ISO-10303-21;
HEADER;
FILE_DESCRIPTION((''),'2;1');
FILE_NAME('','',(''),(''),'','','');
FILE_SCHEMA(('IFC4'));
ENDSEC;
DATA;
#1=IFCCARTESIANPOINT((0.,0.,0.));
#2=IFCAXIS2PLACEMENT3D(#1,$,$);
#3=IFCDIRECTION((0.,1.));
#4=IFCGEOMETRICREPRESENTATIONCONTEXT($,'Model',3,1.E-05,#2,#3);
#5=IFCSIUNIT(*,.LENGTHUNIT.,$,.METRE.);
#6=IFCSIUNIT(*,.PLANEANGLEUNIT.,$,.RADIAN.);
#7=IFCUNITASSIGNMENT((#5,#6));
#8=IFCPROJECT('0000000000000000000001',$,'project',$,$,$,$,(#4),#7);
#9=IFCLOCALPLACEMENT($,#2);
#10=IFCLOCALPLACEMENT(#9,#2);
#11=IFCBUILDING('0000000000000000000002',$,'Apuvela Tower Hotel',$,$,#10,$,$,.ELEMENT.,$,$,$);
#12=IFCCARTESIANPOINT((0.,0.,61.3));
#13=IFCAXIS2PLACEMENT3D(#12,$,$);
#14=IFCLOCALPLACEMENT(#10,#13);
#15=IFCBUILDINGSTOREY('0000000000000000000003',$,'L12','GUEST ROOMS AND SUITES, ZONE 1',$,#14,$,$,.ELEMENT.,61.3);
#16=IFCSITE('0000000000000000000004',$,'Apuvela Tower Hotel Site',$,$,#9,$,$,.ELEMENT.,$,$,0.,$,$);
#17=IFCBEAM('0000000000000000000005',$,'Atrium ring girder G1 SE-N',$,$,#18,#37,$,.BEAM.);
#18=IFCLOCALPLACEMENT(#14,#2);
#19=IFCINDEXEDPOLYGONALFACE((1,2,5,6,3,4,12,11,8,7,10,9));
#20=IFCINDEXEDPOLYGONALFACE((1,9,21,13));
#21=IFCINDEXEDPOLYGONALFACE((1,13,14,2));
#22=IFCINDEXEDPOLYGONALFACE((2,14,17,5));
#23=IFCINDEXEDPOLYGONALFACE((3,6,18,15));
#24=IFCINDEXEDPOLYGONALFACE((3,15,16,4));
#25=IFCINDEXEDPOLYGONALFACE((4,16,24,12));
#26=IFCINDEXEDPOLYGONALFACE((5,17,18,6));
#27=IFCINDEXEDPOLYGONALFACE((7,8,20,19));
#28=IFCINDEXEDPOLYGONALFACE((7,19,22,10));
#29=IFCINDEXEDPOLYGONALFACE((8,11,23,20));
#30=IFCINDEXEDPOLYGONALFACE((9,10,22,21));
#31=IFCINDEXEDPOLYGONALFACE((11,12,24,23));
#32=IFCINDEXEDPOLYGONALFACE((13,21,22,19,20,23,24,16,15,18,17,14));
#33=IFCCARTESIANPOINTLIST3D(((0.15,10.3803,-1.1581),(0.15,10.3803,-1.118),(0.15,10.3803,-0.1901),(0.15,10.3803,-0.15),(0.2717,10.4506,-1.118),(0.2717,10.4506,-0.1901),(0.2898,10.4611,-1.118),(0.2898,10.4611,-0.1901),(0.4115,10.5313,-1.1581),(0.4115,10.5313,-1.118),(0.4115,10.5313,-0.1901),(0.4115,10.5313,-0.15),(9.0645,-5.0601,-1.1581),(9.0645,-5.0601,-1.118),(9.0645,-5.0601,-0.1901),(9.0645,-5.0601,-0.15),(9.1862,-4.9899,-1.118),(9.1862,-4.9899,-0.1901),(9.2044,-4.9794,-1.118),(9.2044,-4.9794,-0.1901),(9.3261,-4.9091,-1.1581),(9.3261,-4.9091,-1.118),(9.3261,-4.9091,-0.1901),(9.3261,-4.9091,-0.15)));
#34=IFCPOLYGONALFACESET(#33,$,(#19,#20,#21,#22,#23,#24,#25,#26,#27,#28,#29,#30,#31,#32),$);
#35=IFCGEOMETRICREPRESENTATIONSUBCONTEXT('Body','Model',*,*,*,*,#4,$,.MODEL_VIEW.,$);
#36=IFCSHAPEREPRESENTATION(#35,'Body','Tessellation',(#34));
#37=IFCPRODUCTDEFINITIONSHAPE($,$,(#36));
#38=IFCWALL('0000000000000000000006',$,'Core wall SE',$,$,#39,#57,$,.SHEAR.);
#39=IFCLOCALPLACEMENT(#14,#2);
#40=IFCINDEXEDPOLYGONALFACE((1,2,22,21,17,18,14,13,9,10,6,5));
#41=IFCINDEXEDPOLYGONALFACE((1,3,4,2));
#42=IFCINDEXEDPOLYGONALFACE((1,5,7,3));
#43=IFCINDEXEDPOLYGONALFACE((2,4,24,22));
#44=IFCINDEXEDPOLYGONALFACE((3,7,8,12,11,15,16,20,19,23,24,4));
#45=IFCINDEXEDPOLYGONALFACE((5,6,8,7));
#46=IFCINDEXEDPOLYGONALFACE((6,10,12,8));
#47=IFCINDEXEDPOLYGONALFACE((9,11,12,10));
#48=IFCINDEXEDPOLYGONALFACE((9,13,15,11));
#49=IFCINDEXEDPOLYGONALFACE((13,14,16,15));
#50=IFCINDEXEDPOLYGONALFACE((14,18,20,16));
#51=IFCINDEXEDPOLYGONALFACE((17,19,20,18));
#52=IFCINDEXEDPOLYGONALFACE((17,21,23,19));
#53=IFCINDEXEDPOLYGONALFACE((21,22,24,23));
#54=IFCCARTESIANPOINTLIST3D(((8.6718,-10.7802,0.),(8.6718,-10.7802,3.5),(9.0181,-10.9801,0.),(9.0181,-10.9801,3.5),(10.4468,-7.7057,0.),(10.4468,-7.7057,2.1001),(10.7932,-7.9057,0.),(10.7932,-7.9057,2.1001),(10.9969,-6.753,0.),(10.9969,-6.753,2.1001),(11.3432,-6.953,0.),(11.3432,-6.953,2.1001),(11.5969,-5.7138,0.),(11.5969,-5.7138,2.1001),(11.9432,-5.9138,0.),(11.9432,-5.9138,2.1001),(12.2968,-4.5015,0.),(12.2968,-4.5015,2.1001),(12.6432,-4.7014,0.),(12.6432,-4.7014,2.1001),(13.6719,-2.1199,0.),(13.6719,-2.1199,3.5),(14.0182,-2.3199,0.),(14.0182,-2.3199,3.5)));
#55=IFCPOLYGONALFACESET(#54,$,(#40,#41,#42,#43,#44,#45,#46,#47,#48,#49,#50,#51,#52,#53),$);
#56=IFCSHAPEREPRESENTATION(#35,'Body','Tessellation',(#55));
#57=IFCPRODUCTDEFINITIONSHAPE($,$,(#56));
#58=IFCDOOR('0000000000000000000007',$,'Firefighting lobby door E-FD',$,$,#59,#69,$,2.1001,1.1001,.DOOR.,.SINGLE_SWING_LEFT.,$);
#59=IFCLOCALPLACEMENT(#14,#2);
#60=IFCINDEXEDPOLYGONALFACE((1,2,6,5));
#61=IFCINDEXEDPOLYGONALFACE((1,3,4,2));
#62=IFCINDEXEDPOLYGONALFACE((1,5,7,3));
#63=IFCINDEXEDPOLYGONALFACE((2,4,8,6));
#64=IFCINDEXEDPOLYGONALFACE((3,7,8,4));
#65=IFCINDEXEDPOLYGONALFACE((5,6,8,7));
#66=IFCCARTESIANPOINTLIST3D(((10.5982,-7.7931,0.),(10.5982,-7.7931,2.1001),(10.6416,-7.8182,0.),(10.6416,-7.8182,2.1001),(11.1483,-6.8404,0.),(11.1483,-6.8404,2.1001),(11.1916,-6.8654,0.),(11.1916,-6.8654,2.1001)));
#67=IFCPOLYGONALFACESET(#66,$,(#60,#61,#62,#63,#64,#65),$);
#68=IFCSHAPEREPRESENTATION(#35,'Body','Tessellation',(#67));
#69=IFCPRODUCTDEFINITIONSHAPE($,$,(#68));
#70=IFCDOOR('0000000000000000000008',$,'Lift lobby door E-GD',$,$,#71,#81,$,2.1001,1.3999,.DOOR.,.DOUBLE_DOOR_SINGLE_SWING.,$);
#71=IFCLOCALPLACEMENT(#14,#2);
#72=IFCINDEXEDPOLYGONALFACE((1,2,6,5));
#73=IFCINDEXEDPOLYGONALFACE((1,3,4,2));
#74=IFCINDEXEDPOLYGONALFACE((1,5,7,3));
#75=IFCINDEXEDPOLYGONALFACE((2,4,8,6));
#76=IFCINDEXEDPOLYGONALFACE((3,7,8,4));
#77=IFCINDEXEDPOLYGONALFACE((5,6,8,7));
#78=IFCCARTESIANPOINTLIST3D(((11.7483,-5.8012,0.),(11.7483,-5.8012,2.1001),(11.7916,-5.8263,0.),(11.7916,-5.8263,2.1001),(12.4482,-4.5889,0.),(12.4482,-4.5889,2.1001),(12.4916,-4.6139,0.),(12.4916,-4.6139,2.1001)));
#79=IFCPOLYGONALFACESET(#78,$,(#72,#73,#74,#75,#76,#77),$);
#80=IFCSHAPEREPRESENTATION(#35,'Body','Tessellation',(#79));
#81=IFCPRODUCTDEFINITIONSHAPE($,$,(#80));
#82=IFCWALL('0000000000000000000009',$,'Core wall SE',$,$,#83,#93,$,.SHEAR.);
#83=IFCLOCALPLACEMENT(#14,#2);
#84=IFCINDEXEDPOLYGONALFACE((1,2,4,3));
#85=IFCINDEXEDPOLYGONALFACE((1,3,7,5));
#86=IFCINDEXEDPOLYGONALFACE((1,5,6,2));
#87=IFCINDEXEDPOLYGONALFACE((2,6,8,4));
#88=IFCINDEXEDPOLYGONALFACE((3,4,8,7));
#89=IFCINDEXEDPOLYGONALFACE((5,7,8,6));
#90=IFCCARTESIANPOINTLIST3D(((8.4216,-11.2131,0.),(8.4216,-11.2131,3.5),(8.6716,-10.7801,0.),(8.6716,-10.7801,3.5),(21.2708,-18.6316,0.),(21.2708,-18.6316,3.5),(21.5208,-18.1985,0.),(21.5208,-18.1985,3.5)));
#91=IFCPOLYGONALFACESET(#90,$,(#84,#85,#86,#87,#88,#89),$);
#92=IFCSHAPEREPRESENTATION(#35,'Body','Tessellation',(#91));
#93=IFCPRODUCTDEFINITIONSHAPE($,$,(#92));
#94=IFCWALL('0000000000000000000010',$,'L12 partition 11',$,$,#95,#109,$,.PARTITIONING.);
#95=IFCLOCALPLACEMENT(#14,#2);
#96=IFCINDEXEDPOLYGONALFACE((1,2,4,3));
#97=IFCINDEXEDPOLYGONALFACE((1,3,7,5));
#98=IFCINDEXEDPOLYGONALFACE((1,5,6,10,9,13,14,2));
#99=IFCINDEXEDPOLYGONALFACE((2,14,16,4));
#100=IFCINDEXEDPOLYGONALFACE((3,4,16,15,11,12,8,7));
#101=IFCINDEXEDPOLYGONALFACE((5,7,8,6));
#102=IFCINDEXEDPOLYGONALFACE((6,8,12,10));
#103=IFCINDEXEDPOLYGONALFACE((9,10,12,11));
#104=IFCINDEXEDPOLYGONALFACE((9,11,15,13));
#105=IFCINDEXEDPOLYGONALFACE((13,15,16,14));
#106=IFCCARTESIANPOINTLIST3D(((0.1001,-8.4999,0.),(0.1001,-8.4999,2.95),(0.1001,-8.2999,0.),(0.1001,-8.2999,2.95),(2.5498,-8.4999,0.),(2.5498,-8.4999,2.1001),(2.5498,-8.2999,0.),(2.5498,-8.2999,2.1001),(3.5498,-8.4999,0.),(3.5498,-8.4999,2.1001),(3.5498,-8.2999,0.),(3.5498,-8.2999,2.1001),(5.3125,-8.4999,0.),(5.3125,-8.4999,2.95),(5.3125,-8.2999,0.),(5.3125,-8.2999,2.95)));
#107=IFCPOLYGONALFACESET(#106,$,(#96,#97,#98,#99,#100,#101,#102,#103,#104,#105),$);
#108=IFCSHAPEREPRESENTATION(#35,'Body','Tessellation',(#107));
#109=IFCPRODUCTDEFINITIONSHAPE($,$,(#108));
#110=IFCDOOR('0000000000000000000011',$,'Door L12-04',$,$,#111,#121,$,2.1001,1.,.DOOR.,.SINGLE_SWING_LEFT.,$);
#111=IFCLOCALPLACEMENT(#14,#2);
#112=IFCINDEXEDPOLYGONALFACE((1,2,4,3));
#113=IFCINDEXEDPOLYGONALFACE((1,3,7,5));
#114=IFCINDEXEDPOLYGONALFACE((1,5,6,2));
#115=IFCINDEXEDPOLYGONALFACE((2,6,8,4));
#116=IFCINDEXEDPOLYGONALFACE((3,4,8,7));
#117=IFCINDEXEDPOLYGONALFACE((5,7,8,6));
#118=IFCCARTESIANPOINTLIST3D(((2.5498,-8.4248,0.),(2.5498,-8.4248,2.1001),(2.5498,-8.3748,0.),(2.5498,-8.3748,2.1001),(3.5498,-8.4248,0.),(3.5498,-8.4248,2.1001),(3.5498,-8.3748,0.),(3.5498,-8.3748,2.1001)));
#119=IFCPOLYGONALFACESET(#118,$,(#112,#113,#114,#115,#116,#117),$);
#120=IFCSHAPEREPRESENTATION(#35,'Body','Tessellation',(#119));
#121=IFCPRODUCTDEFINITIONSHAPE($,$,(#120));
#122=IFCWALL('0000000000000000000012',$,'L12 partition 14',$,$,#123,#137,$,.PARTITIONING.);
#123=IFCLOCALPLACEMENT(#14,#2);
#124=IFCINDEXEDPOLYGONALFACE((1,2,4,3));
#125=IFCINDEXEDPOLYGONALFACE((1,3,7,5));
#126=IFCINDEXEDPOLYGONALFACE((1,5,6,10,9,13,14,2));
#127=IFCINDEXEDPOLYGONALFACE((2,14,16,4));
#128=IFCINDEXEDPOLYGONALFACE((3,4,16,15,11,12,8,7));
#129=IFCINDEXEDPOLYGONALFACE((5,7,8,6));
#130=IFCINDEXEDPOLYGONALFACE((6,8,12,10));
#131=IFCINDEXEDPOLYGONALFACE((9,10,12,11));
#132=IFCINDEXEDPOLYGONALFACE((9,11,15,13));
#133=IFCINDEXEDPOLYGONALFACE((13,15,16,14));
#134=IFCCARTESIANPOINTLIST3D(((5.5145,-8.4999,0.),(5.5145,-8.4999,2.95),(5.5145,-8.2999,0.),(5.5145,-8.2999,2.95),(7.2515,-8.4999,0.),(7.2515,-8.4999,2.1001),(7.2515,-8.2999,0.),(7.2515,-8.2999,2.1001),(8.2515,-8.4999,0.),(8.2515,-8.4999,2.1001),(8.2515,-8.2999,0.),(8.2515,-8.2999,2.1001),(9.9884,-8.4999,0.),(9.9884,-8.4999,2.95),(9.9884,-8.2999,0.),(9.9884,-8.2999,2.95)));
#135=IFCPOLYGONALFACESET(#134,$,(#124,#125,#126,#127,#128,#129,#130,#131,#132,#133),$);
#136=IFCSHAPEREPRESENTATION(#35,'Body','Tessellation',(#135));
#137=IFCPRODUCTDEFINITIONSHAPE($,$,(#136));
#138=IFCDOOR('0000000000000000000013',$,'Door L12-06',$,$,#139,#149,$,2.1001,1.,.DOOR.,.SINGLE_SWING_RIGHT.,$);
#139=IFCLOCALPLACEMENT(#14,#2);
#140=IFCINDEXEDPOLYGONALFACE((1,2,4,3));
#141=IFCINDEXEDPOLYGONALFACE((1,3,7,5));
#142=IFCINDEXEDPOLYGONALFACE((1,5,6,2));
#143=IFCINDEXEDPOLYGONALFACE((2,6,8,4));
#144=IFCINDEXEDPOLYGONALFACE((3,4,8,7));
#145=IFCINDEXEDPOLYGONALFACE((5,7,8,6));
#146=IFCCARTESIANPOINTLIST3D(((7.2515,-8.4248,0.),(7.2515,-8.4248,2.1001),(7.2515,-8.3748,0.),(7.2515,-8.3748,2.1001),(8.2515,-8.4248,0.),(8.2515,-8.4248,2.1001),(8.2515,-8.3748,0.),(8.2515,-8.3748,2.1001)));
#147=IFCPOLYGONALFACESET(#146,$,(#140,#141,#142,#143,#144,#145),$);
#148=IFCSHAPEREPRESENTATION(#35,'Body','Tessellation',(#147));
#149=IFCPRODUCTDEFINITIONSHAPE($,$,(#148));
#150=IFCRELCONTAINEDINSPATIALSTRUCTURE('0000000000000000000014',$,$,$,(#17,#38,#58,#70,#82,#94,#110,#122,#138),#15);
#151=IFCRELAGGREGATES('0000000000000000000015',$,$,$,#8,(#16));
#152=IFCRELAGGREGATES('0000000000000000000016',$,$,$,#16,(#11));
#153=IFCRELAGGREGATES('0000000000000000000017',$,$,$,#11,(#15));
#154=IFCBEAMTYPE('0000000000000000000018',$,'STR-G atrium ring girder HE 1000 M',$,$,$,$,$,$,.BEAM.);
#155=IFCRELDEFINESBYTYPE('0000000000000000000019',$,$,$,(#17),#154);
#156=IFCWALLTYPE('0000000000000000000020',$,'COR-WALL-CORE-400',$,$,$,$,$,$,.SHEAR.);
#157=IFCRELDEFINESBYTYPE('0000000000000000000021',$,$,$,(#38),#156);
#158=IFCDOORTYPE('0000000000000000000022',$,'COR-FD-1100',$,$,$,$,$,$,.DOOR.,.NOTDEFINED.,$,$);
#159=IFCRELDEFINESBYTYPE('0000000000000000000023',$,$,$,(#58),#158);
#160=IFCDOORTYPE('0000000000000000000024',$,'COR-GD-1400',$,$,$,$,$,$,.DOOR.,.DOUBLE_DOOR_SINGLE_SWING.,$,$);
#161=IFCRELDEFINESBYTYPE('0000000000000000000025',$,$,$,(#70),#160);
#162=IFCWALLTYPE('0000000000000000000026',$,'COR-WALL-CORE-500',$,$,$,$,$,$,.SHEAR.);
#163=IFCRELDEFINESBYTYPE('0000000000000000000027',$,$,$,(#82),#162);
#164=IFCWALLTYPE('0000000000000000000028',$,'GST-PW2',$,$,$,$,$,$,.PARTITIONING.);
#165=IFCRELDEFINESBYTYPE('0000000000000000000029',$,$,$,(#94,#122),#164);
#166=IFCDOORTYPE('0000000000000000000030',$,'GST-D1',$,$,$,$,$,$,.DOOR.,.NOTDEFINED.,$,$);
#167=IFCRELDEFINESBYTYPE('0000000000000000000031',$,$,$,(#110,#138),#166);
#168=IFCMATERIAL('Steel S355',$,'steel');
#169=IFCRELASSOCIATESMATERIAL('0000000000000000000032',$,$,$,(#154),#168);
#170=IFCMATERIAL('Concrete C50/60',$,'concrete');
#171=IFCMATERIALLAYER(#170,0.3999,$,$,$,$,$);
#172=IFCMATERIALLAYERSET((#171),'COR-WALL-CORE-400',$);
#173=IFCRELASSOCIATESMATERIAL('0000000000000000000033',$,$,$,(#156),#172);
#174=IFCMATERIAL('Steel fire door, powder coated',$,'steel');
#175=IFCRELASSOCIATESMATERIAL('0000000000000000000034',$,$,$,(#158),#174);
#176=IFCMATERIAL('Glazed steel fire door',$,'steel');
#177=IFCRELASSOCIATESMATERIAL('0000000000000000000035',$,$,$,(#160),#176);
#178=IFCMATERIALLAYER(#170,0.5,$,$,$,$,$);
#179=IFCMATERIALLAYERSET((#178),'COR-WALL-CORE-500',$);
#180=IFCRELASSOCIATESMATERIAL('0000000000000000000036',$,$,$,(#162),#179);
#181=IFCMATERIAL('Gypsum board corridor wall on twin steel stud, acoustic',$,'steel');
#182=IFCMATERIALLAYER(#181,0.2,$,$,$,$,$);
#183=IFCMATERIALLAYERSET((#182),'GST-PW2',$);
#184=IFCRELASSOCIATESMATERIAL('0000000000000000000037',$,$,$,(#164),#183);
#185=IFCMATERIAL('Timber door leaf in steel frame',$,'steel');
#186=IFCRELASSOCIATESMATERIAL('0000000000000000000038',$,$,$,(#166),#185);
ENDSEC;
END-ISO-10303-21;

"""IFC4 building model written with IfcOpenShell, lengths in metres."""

from ifc_helpers import new_model, si_unit, direction, frame, frame_2d, origin, origin_2d, place, context, subcontext, project, spatial, rectangle, i_section, extrude, material, layer, layer_set, material_profile, profile_set, type_object, element, fill, save


model = new_model("IFC4")

# Units and contexts
model_context = context("Model", 3, precision=1e-05, world=origin(), true_north=direction((0.0, 1.0)))
body_context = subcontext(model_context, "Body", "Model", "MODEL_VIEW")
ifc_project = project(units=[si_unit("LENGTHUNIT", "METRE"), si_unit("PLANEANGLEUNIT", "RADIAN")], contexts=[model_context])

# Site, building, storey
site_placement = place(None, origin())
site = spatial("IfcSite", under=ifc_project, at=site_placement, Name="Apuvela Tower Hotel Site", CompositionType="ELEMENT", RefElevation=0.0)
building_placement = place(site_placement, origin())
building = spatial("IfcBuilding", under=site, at=building_placement, Name="Apuvela Tower Hotel", CompositionType="ELEMENT")
storey_placement = place(building_placement, frame((0.0, 0.0, 61.3)))
storey = spatial("IfcBuildingStorey", under=building, at=storey_placement, Name="L12", Description="GUEST ROOMS AND SUITES, ZONE 1", CompositionType="ELEMENT", Elevation=61.3)

# Beam
ifc_material_1 = material(Name="Steel S355", Category="steel")
ifc_material_profile = material_profile(ifc_material_1, i_section(OverallWidth=0.302, OverallDepth=1.0081, WebThickness=0.021, FlangeThickness=0.04, at=origin_2d()), Name="HE 1000 M")
ifc_profile_set = profile_set([ifc_material_profile], Name="Steel S355")
beam_type = type_object("IfcBeamType", Name="STR-G atrium ring girder HE 1000 M", PredefinedType="BEAM", material=ifc_profile_set)
beam_placement = place(storey_placement, frame((9.1953, -4.9846, -0.6541), z_axis=(-0.500001, 0.866025, 0.0), x_axis=(-0.866025, -0.500001, 0.0)))
element("IfcBeam", 1, at=beam_placement, inside=storey, type_object=beam_type, Name="Atrium ring girder G1 SE-N", PredefinedType="BEAM", context=body_context, shape_type="SweptSolid", body=[
    extrude(i_section(OverallWidth=0.302, OverallDepth=1.0081, WebThickness=0.021, FlangeThickness=0.04, at=origin_2d()), origin(), (0.0, 0.0, 1.0), 17.8291),
])

# Wall, openings, doors
ifc_material_2 = material(Name="Concrete C50/60", Category="concrete")
ifc_layer_1 = layer(ifc_material_2, 0.3999)
ifc_layer_set_1 = layer_set([ifc_layer_1], Name="COR-WALL-CORE-400")
wall_type_1 = type_object("IfcWallType", Name="COR-WALL-CORE-400", PredefinedType="SHEAR", material=ifc_layer_set_1)
wall_1_placement = place(storey_placement, frame((8.845, -10.8801, 0.0), z_axis=(0.0, 0.0, 1.0), x_axis=(0.500004, 0.866023, 0.0)))
wall_1 = element("IfcWall", 2, at=wall_1_placement, inside=storey, type_object=wall_type_1, Name="Core wall SE", PredefinedType="SHEAR", context=body_context, shape_type="SweptSolid", body=[
    extrude(rectangle(XDim=10.0, YDim=0.3999, at=frame_2d((5.0, 0.0))), origin(), (0.0, 0.0, 1.0), 3.5),
])
opening_1_placement = place(wall_1_placement, frame((3.55, 0.0, 0.0)))
opening_1 = element("IfcOpeningElement", 3, at=opening_1_placement, cuts=wall_1, PredefinedType="OPENING", context=body_context, shape_type="SweptSolid", body=[
    extrude(rectangle(XDim=1.1001, YDim=2.1001, at=frame_2d((0.55, 1.05))), frame((0.0, 0.21, 0.0), z_axis=(0.0, -1.0, 0.0), x_axis=(1.0, 0.0, 0.0)), (0.0, 0.0, 1.0), 0.4199),
])
opening_2_placement = place(wall_1_placement, frame((5.8501, 0.0, 0.0)))
opening_2 = element("IfcOpeningElement", 4, at=opening_2_placement, cuts=wall_1, PredefinedType="OPENING", context=body_context, shape_type="SweptSolid", body=[
    extrude(rectangle(XDim=1.3999, YDim=2.1001, at=frame_2d((0.7, 1.05))), frame((0.0, 0.21, 0.0), z_axis=(0.0, -1.0, 0.0), x_axis=(1.0, 0.0, 0.0)), (0.0, 0.0, 1.0), 0.4199),
])
ifc_material_3 = material(Name="Steel fire door, powder coated", Category="steel")
door_type_1 = type_object("IfcDoorType", Name="COR-FD-1100", OperationType="NOTDEFINED", PredefinedType="DOOR", material=ifc_material_3)
door_1_placement = place(opening_1_placement, frame((1.1001, 0.0, 0.0), z_axis=(0.0, 0.0, 1.0), x_axis=(-1.0, 0.0, 0.0)))
door_1 = element("IfcDoor", 5, at=door_1_placement, inside=storey, type_object=door_type_1, Name="Firefighting lobby door E-FD", OperationType="SINGLE_SWING_LEFT", OverallHeight=2.1001, OverallWidth=1.1001, PredefinedType="DOOR", context=body_context, shape_type="SweptSolid", body=[
    extrude(rectangle(XDim=1.1001, YDim=2.1001, at=frame_2d((0.55, 1.05))), frame((0.0, 0.0249, 0.0), z_axis=(0.0, -1.0, 0.0), x_axis=(1.0, 0.0, 0.0)), (0.0, 0.0, 1.0), 0.05),
])
fill(opening_1, door_1)
ifc_material_4 = material(Name="Glazed steel fire door", Category="steel")
door_type_2 = type_object("IfcDoorType", Name="COR-GD-1400", OperationType="DOUBLE_DOOR_SINGLE_SWING", PredefinedType="DOOR", material=ifc_material_4)
door_2_placement = place(opening_2_placement, frame((1.3999, 0.0, 0.0), z_axis=(0.0, 0.0, 1.0), x_axis=(-1.0, 0.0, 0.0)))
door_2 = element("IfcDoor", 6, at=door_2_placement, inside=storey, type_object=door_type_2, Name="Lift lobby door E-GD", OperationType="DOUBLE_DOOR_SINGLE_SWING", OverallHeight=2.1001, OverallWidth=1.3999, PredefinedType="DOOR", context=body_context, shape_type="SweptSolid", body=[
    extrude(rectangle(XDim=1.3999, YDim=2.1001, at=frame_2d((0.7, 1.05))), frame((0.0, 0.0249, 0.0), z_axis=(0.0, -1.0, 0.0), x_axis=(1.0, 0.0, 0.0)), (0.0, 0.0, 1.0), 0.05),
])
fill(opening_2, door_2)

# Wall
ifc_layer_2 = layer(ifc_material_2, 0.5)
ifc_layer_set_2 = layer_set([ifc_layer_2], Name="COR-WALL-CORE-500")
wall_type_2 = type_object("IfcWallType", Name="COR-WALL-CORE-500", PredefinedType="SHEAR", material=ifc_layer_set_2)
wall_2_placement = place(storey_placement, frame((8.5466, -10.9966, 0.0), z_axis=(0.0, 0.0, 1.0), x_axis=(0.866025, -0.500001, 0.0)))
element("IfcWall", 7, at=wall_2_placement, inside=storey, type_object=wall_type_2, Name="Core wall SE", PredefinedType="SHEAR", context=body_context, shape_type="SweptSolid", body=[
    extrude(rectangle(XDim=14.8369, YDim=0.5, at=frame_2d((7.4185, 0.0))), origin(), (0.0, 0.0, 1.0), 3.5),
])

# Walls, openings, doors
ifc_material_5 = material(Name="Gypsum board corridor wall on twin steel stud, acoustic", Category="steel")
ifc_layer_3 = layer(ifc_material_5, 0.2)
ifc_layer_set_3 = layer_set([ifc_layer_3], Name="GST-PW2")
wall_type_3 = type_object("IfcWallType", Name="GST-PW2", PredefinedType="PARTITIONING", material=ifc_layer_set_3)
wall_3_placement = place(storey_placement, frame((5.3125, -8.3999, 0.0), z_axis=(0.0, 0.0, 1.0), x_axis=(-1.0, 0.0, 0.0)))
wall_3 = element("IfcWall", 8, at=wall_3_placement, inside=storey, type_object=wall_type_3, Name="L12 partition 11", PredefinedType="PARTITIONING", context=body_context, shape_type="SweptSolid", body=[
    extrude(rectangle(XDim=5.2124, YDim=0.2, at=frame_2d((2.6062, 0.0))), origin(), (0.0, 0.0, 1.0), 2.95),
])
opening_3_placement = place(wall_3_placement, frame((1.7627, 0.0, 0.0)))
opening_3 = element("IfcOpeningElement", 9, at=opening_3_placement, cuts=wall_3, PredefinedType="OPENING", context=body_context, shape_type="SweptSolid", body=[
    extrude(rectangle(XDim=1.0, YDim=2.1001, at=frame_2d((0.5, 1.05))), frame((0.0, 0.1099, 0.0), z_axis=(0.0, -1.0, 0.0), x_axis=(1.0, 0.0, 0.0)), (0.0, 0.0, 1.0), 0.22),
])
ifc_material_6 = material(Name="Timber door leaf in steel frame", Category="steel")
door_type_3 = type_object("IfcDoorType", Name="GST-D1", OperationType="NOTDEFINED", PredefinedType="DOOR", material=ifc_material_6)
door_3_placement = place(opening_3_placement, origin())
door_3 = element("IfcDoor", 10, at=door_3_placement, inside=storey, type_object=door_type_3, Name="Door L12-04", OperationType="SINGLE_SWING_LEFT", OverallHeight=2.1001, OverallWidth=1.0, PredefinedType="DOOR", context=body_context, shape_type="SweptSolid", body=[
    extrude(rectangle(XDim=1.0, YDim=2.1001, at=frame_2d((0.5, 1.05))), frame((0.0, 0.0249, 0.0), z_axis=(0.0, -1.0, 0.0), x_axis=(1.0, 0.0, 0.0)), (0.0, 0.0, 1.0), 0.05),
])
fill(opening_3, door_3)
wall_4_placement = place(storey_placement, frame((9.9883, -8.3999, 0.0), z_axis=(0.0, 0.0, 1.0), x_axis=(-1.0, 0.0, 0.0)))
wall_4 = element("IfcWall", 11, at=wall_4_placement, inside=storey, type_object=wall_type_3, Name="L12 partition 14", PredefinedType="PARTITIONING", context=body_context, shape_type="SweptSolid", body=[
    extrude(rectangle(XDim=4.4739, YDim=0.2, at=frame_2d((2.2368, 0.0))), origin(), (0.0, 0.0, 1.0), 2.95),
])
opening_4_placement = place(wall_4_placement, frame((1.7368, 0.0, 0.0)))
opening_4 = element("IfcOpeningElement", 12, at=opening_4_placement, cuts=wall_4, PredefinedType="OPENING", context=body_context, shape_type="SweptSolid", body=[
    extrude(rectangle(XDim=1.0, YDim=2.1001, at=frame_2d((0.5, 1.05))), frame((0.0, 0.1099, 0.0), z_axis=(0.0, -1.0, 0.0), x_axis=(1.0, 0.0, 0.0)), (0.0, 0.0, 1.0), 0.22),
])
door_4_placement = place(opening_4_placement, origin())
door_4 = element("IfcDoor", 13, at=door_4_placement, inside=storey, type_object=door_type_3, Name="Door L12-06", OperationType="SINGLE_SWING_RIGHT", OverallHeight=2.1001, OverallWidth=1.0, PredefinedType="DOOR", context=body_context, shape_type="SweptSolid", body=[
    extrude(rectangle(XDim=1.0, YDim=2.1001, at=frame_2d((0.5, 1.05))), frame((0.0, 0.0249, 0.0), z_axis=(0.0, -1.0, 0.0), x_axis=(1.0, 0.0, 0.0)), (0.0, 0.0, 1.0), 0.05),
])
fill(opening_4, door_4)

save(model, "model.ifc")
